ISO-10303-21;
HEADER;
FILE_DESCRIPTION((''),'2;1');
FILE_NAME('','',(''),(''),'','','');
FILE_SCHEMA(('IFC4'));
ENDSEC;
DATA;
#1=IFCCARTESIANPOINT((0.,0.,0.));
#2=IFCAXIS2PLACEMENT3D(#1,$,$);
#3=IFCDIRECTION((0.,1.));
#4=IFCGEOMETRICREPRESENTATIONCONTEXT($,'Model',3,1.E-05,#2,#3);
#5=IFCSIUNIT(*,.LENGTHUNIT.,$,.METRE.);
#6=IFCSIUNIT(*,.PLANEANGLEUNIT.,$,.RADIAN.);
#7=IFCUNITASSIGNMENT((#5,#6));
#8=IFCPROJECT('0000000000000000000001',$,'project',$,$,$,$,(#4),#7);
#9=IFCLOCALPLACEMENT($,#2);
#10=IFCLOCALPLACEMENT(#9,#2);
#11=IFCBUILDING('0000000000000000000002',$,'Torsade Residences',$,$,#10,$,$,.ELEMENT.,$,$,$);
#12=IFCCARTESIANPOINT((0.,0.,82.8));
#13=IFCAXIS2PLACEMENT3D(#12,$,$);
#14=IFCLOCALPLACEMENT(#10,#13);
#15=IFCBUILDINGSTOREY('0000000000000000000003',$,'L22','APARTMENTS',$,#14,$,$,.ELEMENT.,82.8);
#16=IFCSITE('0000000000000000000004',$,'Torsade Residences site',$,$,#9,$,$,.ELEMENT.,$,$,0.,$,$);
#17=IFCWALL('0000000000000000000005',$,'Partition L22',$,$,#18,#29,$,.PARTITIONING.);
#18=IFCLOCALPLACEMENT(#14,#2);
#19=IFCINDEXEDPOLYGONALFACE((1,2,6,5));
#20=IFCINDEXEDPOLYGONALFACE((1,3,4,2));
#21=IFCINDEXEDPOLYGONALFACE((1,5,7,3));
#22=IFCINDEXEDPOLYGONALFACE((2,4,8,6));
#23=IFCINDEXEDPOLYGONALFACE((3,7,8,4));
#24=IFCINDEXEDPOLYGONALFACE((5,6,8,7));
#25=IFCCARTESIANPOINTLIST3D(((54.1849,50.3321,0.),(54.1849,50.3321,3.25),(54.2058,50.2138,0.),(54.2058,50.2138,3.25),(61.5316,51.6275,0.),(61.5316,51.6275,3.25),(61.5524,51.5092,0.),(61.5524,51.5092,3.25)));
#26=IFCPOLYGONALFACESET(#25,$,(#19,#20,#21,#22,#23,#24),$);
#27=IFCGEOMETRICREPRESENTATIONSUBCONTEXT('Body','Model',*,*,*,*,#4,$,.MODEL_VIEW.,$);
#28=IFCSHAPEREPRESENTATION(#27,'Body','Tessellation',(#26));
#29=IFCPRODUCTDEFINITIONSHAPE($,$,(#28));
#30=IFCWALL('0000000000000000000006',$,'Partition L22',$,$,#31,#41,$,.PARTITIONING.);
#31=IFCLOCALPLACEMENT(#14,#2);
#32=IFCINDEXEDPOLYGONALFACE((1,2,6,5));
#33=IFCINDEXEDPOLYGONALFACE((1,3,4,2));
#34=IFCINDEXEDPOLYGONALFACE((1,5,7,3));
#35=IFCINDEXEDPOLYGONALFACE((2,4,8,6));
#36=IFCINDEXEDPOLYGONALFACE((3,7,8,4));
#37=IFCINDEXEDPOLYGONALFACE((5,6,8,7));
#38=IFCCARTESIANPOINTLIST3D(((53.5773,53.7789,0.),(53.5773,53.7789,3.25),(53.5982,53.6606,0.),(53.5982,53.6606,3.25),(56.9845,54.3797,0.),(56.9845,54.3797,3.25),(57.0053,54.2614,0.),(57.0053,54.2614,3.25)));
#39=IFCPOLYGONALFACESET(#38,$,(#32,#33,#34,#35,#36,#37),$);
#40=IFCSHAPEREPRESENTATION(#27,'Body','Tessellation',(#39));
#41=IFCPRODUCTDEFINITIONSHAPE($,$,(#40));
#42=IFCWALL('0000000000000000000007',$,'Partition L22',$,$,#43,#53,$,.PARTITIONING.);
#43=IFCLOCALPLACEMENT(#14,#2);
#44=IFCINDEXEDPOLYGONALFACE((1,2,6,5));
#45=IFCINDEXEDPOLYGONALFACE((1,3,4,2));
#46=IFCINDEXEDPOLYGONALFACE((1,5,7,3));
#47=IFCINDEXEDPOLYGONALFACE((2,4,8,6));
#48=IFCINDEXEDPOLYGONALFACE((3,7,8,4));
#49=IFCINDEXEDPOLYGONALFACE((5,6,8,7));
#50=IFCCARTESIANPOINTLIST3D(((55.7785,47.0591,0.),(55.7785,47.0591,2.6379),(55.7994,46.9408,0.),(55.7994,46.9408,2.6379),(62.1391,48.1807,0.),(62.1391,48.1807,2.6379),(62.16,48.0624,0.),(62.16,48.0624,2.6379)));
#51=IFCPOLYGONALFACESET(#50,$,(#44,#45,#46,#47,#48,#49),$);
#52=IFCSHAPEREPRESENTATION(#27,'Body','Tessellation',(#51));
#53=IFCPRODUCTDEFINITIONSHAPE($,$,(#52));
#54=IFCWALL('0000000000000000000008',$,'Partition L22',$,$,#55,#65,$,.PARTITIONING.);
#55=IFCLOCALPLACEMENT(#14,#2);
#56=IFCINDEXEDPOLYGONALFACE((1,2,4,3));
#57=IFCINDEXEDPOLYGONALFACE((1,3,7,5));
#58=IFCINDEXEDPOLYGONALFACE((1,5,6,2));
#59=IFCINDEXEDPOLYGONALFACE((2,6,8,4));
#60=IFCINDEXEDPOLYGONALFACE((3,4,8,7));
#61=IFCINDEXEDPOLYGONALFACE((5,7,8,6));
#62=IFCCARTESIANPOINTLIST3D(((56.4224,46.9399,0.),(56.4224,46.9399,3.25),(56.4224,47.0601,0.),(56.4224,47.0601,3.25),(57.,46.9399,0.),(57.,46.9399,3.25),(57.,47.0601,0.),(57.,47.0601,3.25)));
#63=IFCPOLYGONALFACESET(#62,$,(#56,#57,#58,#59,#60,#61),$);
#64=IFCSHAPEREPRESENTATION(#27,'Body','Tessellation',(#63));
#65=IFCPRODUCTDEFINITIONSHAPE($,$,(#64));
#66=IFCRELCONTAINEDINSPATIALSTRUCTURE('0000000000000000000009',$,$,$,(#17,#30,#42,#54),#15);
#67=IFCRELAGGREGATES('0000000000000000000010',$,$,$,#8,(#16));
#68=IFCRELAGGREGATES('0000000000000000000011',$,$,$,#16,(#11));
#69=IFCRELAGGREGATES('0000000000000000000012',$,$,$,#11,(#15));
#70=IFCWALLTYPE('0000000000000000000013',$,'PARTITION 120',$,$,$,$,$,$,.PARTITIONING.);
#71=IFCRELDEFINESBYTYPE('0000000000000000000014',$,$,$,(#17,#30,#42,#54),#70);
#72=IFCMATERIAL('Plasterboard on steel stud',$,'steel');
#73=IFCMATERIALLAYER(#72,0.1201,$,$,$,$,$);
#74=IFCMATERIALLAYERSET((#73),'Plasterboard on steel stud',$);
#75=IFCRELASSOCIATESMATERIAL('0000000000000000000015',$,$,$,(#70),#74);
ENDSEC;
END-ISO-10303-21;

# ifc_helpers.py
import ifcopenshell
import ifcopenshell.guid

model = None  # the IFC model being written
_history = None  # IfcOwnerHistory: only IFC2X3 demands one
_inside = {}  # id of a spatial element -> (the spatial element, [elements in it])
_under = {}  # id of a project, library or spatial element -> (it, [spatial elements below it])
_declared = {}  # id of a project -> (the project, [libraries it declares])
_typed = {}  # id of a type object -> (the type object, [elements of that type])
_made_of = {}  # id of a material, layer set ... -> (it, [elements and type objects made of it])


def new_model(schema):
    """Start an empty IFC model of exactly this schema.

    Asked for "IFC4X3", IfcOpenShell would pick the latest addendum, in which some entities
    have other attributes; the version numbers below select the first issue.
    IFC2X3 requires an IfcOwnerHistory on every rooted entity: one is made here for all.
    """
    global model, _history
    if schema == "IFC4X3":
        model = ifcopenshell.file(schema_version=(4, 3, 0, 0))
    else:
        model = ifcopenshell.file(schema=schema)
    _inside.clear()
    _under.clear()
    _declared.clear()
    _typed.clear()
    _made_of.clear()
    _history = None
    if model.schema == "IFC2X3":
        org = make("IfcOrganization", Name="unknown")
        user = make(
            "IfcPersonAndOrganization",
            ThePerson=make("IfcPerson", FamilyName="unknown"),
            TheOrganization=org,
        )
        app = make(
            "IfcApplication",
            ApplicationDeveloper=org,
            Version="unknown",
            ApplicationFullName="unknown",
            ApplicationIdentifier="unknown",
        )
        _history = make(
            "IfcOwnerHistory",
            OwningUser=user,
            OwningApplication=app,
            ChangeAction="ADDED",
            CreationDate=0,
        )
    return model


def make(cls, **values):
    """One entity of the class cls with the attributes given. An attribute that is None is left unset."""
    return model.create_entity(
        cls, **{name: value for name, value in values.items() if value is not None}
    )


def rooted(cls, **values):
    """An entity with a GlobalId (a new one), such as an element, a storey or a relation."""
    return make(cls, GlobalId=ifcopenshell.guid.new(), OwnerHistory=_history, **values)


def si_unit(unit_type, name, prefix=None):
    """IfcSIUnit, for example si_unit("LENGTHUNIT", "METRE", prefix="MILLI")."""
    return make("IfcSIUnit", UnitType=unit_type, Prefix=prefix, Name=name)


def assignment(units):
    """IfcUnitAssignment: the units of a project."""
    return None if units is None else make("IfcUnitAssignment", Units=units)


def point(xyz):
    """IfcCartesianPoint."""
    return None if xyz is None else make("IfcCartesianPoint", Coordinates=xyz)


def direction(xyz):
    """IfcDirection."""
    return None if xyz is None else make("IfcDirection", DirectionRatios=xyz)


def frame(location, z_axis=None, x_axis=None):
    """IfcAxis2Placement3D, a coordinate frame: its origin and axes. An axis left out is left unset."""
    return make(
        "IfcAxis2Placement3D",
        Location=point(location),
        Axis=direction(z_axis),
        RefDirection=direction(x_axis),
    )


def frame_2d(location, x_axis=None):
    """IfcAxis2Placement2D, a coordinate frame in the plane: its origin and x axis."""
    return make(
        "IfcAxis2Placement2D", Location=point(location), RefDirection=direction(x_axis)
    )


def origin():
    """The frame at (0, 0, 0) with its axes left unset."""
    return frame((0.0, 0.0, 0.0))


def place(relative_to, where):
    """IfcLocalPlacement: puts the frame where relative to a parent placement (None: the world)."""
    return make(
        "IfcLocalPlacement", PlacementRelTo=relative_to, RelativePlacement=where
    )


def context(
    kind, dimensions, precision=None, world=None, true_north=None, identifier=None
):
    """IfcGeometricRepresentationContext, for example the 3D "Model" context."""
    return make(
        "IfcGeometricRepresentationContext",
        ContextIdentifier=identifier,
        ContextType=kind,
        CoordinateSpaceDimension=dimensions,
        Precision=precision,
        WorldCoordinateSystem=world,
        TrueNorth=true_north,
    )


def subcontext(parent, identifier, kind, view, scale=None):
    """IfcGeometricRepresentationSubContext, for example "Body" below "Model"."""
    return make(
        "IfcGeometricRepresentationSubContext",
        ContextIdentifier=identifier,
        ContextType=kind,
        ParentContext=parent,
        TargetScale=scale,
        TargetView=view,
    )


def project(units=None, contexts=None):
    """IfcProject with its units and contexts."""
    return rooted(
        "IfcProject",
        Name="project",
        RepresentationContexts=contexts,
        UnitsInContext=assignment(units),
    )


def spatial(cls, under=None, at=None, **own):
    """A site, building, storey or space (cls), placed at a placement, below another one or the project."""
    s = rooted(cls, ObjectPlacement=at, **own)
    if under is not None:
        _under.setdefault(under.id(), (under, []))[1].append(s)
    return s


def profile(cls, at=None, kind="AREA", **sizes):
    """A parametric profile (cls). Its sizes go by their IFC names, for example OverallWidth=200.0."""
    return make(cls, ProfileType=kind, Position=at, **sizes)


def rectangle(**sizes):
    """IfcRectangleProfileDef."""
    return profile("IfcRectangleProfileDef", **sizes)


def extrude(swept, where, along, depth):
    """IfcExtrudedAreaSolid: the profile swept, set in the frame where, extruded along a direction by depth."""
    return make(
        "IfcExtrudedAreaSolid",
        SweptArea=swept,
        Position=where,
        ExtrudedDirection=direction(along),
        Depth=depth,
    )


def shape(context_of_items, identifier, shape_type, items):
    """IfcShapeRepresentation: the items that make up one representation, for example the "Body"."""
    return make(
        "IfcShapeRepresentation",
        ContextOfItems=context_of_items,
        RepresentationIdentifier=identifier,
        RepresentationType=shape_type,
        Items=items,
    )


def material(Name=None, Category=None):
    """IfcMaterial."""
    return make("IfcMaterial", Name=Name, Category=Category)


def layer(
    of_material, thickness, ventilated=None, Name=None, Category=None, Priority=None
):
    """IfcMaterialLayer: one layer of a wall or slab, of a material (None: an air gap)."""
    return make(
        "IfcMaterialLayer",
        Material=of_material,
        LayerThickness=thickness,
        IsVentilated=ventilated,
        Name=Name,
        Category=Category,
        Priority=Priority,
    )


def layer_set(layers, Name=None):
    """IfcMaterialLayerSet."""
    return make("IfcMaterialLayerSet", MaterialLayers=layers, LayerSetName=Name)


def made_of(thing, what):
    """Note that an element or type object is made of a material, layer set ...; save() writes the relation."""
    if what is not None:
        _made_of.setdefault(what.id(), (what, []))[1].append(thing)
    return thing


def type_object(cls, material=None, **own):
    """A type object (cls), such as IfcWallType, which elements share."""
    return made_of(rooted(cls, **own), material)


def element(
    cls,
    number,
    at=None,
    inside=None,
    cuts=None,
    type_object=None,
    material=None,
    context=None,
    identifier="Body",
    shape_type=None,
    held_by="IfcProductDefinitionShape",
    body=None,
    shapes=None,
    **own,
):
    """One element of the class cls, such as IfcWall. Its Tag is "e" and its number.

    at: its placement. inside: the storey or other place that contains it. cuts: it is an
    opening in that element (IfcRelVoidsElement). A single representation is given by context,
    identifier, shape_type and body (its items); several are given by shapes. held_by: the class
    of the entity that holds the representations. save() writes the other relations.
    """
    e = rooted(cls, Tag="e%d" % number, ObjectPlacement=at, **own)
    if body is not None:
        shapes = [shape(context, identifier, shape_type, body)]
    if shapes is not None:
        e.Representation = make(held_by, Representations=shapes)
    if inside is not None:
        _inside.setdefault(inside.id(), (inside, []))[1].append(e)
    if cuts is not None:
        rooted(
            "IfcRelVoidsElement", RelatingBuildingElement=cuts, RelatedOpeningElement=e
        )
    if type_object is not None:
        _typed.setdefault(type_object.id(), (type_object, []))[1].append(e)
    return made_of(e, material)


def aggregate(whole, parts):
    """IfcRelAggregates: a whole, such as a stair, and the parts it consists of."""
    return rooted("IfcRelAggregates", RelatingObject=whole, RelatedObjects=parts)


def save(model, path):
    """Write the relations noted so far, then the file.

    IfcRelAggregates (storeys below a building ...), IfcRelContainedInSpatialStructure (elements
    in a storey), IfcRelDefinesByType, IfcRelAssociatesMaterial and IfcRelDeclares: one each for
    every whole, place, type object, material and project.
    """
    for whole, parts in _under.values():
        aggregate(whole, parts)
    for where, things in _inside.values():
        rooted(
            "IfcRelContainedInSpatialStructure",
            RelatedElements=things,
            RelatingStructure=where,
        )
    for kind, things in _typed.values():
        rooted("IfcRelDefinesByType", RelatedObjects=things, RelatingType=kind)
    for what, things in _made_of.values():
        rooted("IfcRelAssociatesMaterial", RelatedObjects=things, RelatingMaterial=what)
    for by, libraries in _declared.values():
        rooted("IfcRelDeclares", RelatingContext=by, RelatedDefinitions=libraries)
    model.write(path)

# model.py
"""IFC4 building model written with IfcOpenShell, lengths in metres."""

from ifc_helpers import new_model, si_unit, direction, frame, frame_2d, origin, place, context, subcontext, project, spatial, rectangle, extrude, material, layer, layer_set, type_object, element, save


model = new_model("IFC4")

# Units and contexts
model_context = context("Model", 3, precision=1e-05, world=origin(), true_north=direction((0.0, 1.0)))
body_context = subcontext(model_context, "Body", "Model", "MODEL_VIEW")
ifc_project = project(units=[si_unit("LENGTHUNIT", "METRE"), si_unit("PLANEANGLEUNIT", "RADIAN")], contexts=[model_context])

# Site, building, storey
site_placement = place(None, origin())
site = spatial("IfcSite", under=ifc_project, at=site_placement, Name="Torsade Residences site", CompositionType="ELEMENT", RefElevation=0.0)
building_placement = place(site_placement, origin())
building = spatial("IfcBuilding", under=site, at=building_placement, Name="Torsade Residences", CompositionType="ELEMENT")
storey_placement = place(building_placement, frame((0.0, 0.0, 82.8)))
storey = spatial("IfcBuildingStorey", under=building, at=storey_placement, Name="L22", Description="APARTMENTS", CompositionType="ELEMENT", Elevation=82.8)

# Shared definitions
ifc_material_1 = material(Name="Plasterboard on steel stud", Category="steel")
ifc_layer_1 = layer(ifc_material_1, 0.1201)
ifc_layer_set_1 = layer_set([ifc_layer_1], Name="Plasterboard on steel stud")
wall_type = type_object("IfcWallType", Name="PARTITION 120", PredefinedType="PARTITIONING", material=ifc_layer_set_1)

# Walls
wall_1_placement = place(storey_placement, frame((61.542, 51.5684, 0.0), z_axis=(0.0, 0.0, 1.0), x_axis=(-0.984808, -0.173647, 0.0)))
element("IfcWall", 1, at=wall_1_placement, inside=storey, type_object=wall_type, Name="Partition L22", PredefinedType="PARTITIONING", context=body_context, shape_type="SweptSolid", body=[
    extrude(rectangle(XDim=7.46, YDim=0.1201, at=frame_2d((3.73, 0.0))), origin(), (0.0, 0.0, 1.0), 3.25),
])
wall_2_placement = place(storey_placement, frame((53.5876, 53.7197, 0.0), z_axis=(0.0, 0.0, 1.0), x_axis=(0.984806, 0.173661, 0.0)))
element("IfcWall", 2, at=wall_2_placement, inside=storey, type_object=wall_type, Name="Partition L22", PredefinedType="PARTITIONING", context=body_context, shape_type="SweptSolid", body=[
    extrude(rectangle(XDim=3.4597, YDim=0.1201, at=frame_2d((1.73, 0.0))), origin(), (0.0, 0.0, 1.0), 3.25),
])
wall_3_placement = place(storey_placement, frame((62.1497, 48.1216, 0.0), z_axis=(0.0, 0.0, 1.0), x_axis=(-0.984807, -0.173654, 0.0)))
element("IfcWall", 3, at=wall_3_placement, inside=storey, type_object=wall_type, Name="Partition L22", PredefinedType="PARTITIONING", context=body_context, shape_type="SweptSolid", body=[
    extrude(rectangle(XDim=6.4587, YDim=0.1201, at=frame_2d((3.2295, 0.0))), origin(), (0.0, 0.0, 1.0), 2.6379),
])
wall_4_placement = place(storey_placement, frame((57.0, 47.0, 0.0), z_axis=(0.0, 0.0, 1.0), x_axis=(-1.0, 0.0, 0.0)))
element("IfcWall", 4, at=wall_4_placement, inside=storey, type_object=wall_type, Name="Partition L22", PredefinedType="PARTITIONING", context=body_context, shape_type="SweptSolid", body=[
    extrude(rectangle(XDim=0.5776, YDim=0.1201, at=frame_2d((0.2888, 0.0))), origin(), (0.0, 0.0, 1.0), 3.25),
])

save(model, "model.ifc")
